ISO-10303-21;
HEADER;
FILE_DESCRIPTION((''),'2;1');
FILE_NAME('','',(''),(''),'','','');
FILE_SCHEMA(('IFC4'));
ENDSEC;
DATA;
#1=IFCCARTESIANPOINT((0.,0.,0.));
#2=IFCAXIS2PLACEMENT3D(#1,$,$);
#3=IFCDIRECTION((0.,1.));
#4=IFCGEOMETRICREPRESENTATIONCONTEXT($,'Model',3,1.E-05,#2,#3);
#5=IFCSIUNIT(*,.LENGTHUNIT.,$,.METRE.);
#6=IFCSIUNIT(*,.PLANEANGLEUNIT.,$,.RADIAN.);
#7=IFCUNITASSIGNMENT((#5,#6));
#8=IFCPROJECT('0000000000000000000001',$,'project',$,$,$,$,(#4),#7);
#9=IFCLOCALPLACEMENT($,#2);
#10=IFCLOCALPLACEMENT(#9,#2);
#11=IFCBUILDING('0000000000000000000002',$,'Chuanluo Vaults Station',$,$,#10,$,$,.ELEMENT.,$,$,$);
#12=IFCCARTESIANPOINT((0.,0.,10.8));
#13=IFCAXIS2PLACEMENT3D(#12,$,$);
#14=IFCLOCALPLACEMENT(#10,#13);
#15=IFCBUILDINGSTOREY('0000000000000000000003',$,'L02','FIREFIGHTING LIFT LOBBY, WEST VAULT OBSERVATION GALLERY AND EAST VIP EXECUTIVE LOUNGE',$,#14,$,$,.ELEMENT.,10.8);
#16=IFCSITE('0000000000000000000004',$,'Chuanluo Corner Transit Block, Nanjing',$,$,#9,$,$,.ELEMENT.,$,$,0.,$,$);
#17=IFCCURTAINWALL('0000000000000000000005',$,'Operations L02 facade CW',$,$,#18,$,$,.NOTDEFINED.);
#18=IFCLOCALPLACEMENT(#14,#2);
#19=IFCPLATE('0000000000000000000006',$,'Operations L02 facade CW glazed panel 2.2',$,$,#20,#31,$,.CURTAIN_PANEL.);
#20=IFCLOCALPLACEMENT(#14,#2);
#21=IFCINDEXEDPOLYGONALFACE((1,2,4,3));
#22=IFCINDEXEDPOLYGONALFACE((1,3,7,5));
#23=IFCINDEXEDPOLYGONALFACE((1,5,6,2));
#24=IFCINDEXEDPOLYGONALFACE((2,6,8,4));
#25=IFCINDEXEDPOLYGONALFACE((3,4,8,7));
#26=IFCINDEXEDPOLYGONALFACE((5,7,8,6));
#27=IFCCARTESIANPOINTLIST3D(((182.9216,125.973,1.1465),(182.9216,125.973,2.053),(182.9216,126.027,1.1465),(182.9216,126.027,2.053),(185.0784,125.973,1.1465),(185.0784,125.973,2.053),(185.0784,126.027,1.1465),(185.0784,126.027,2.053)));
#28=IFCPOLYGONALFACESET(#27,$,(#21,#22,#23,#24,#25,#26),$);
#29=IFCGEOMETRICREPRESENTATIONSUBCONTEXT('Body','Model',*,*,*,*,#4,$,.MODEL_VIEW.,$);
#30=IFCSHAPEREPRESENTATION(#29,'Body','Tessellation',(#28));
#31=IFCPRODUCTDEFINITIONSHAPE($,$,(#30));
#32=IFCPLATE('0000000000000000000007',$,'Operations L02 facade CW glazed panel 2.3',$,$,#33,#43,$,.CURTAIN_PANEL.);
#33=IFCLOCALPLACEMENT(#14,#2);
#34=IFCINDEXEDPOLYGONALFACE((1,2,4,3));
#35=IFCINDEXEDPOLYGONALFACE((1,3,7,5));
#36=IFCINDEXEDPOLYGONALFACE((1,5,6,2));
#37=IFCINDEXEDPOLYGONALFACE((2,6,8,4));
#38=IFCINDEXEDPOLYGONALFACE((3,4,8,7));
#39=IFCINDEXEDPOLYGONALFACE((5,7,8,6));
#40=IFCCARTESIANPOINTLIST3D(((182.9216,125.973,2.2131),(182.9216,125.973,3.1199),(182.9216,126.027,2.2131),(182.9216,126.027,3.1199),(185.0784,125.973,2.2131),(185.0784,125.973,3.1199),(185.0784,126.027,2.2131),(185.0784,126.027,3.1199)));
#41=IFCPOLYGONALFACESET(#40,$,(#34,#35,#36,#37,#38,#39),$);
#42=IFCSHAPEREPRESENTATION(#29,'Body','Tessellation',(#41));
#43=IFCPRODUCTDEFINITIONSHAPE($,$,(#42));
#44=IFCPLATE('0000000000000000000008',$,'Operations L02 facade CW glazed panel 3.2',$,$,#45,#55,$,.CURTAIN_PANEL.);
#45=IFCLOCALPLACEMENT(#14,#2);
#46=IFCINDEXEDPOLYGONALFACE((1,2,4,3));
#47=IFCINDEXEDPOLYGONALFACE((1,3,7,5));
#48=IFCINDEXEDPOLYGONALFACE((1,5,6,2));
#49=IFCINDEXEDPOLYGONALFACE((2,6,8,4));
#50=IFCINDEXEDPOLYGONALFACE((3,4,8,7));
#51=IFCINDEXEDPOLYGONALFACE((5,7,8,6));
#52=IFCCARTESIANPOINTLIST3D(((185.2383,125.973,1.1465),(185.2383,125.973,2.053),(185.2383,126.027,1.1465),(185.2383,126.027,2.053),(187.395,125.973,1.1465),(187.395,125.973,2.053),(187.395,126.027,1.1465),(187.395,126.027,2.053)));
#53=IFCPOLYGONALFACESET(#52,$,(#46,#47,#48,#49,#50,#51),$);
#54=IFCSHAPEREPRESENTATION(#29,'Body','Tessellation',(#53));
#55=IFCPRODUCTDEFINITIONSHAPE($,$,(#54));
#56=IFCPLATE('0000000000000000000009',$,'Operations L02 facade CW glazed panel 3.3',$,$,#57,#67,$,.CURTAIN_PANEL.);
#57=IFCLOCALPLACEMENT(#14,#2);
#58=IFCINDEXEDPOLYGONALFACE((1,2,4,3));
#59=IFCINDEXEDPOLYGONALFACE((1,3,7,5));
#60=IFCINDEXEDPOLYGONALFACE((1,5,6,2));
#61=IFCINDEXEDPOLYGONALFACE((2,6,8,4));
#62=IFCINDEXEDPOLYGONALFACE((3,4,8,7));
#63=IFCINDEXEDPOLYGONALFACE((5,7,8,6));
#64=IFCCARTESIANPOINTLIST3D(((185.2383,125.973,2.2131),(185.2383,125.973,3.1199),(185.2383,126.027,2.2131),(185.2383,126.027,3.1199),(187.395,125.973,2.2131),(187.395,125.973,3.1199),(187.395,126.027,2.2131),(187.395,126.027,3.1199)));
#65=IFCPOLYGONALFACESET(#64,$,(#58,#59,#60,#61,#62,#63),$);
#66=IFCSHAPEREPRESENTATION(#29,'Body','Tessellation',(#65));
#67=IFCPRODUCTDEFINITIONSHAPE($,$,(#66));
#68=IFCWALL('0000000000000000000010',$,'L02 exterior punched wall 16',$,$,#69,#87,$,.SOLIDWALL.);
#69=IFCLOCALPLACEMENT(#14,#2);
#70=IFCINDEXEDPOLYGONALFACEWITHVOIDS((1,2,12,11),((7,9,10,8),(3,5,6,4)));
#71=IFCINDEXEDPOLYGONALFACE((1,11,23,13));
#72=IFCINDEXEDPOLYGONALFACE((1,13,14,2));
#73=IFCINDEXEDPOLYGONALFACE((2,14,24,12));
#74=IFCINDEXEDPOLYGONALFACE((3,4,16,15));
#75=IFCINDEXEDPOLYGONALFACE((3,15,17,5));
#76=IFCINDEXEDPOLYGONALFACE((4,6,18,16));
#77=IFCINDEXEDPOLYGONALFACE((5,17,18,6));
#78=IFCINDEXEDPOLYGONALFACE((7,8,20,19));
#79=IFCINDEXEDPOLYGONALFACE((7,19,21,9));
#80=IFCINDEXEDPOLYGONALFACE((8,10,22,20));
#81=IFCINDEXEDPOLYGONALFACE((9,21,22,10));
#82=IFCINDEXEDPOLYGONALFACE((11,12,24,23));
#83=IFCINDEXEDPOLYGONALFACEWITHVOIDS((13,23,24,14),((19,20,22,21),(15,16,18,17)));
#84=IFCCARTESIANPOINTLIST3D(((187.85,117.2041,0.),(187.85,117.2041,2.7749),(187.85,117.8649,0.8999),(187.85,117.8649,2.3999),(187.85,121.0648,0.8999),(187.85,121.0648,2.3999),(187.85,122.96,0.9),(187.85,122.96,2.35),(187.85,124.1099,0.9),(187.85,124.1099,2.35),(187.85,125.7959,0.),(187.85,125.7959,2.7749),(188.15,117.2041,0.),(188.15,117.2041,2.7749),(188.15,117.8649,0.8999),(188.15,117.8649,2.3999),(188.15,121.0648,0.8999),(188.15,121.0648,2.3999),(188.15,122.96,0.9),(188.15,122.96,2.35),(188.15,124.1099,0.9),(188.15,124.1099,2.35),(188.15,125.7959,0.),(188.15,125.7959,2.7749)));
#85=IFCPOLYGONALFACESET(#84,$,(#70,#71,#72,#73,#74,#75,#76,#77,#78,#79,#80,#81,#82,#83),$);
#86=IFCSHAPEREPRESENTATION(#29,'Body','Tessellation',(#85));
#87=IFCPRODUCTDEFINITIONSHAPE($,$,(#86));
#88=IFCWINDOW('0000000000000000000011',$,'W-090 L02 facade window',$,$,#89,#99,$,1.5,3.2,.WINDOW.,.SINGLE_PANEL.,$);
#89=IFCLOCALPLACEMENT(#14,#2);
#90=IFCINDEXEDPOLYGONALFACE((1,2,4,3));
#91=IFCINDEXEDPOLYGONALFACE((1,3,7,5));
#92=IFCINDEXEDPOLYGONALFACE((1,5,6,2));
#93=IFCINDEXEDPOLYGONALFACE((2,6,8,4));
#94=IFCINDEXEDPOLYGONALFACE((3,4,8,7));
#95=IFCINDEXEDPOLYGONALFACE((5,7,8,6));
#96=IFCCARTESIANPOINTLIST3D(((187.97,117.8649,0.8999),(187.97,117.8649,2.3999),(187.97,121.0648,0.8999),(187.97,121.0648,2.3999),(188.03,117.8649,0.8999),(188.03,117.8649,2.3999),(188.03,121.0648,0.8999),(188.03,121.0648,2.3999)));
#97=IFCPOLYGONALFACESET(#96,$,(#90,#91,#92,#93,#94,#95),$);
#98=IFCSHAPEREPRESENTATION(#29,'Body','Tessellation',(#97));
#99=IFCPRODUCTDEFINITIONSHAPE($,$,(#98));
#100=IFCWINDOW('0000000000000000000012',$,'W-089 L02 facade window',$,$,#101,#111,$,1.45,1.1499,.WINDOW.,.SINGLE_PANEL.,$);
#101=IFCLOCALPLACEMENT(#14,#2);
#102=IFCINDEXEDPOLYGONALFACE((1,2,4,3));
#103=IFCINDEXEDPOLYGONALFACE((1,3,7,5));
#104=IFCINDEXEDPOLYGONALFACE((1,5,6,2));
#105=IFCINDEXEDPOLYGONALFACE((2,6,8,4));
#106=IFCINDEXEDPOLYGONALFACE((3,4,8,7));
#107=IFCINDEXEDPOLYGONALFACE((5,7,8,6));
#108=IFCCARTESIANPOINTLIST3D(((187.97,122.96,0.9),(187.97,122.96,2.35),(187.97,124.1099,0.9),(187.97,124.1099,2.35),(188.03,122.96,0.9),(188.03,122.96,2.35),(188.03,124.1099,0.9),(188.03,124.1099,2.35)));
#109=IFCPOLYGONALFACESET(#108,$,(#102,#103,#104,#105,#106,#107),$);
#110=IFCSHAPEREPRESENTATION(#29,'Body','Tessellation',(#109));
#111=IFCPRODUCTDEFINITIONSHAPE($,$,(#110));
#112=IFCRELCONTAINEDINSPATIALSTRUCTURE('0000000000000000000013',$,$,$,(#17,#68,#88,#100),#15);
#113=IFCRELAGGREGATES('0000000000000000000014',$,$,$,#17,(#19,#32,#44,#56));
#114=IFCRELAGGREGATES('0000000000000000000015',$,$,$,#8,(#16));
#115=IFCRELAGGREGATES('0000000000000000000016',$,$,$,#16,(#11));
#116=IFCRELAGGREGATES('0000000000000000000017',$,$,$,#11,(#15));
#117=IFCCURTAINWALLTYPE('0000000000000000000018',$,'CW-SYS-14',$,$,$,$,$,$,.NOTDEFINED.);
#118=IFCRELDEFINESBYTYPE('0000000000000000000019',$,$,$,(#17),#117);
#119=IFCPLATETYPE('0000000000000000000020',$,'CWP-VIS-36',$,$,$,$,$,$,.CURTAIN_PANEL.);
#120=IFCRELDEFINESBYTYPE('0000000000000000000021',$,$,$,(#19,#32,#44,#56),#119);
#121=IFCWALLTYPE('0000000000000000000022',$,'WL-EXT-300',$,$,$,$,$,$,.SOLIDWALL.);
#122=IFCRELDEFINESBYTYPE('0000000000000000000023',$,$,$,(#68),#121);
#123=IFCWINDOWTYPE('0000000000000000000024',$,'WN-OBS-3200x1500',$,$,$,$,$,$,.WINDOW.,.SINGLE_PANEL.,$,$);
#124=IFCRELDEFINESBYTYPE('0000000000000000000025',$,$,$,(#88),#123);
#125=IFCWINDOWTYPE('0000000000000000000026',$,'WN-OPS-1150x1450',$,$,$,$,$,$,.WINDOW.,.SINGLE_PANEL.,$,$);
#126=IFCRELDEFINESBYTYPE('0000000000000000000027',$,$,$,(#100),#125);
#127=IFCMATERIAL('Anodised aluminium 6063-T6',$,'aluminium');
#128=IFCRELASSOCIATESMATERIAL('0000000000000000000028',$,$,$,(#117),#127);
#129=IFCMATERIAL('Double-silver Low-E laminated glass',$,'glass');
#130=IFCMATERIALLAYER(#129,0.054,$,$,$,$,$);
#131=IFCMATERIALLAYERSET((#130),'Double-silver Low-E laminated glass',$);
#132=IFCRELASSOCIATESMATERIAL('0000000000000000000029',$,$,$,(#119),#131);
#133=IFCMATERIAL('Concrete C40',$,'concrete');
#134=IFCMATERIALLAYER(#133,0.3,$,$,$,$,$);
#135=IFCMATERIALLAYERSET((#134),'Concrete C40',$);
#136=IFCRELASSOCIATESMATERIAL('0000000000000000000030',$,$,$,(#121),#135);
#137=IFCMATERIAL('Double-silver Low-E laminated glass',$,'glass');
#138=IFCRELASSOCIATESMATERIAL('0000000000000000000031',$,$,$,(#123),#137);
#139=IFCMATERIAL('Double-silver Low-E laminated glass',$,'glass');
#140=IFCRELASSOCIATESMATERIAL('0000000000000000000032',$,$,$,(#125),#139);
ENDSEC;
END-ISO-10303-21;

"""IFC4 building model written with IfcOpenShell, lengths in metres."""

from ifc_helpers import new_model, si_unit, direction, frame, frame_2d, origin, origin_2d, place, context, subcontext, project, spatial, rectangle, extrude, material, layer, layer_set, type_object, element, fill, aggregate, save


model = new_model("IFC4")

# Units and contexts
model_context = context("Model", 3, precision=1e-05, world=origin(), true_north=direction((0.0, 1.0)))
body_context = subcontext(model_context, "Body", "Model", "MODEL_VIEW")
ifc_project = project(units=[si_unit("LENGTHUNIT", "METRE"), si_unit("PLANEANGLEUNIT", "RADIAN")], contexts=[model_context])

# Site, building, storey
site_placement = place(None, origin())
site = spatial("IfcSite", under=ifc_project, at=site_placement, Name="Chuanluo Corner Transit Block, Nanjing", CompositionType="ELEMENT", RefElevation=0.0)
building_placement = place(site_placement, origin())
building = spatial("IfcBuilding", under=site, at=building_placement, Name="Chuanluo Vaults Station", CompositionType="ELEMENT")
storey_placement = place(building_placement, frame((0.0, 0.0, 10.8)))
storey = spatial("IfcBuildingStorey", under=building, at=storey_placement, Name="L02", Description="FIREFIGHTING LIFT LOBBY, WEST VAULT OBSERVATION GALLERY AND EAST VIP EXECUTIVE LOUNGE", CompositionType="ELEMENT", Elevation=10.8)

# Curtain wall, plates
ifc_material_1 = material(Name="Anodised aluminium 6063-T6", Category="aluminium")
curtain_wall_type = type_object("IfcCurtainWallType", Name="CW-SYS-14", PredefinedType="NOTDEFINED", material=ifc_material_1)
curtain_wall_placement = place(storey_placement, origin())
curtain_wall = element("IfcCurtainWall", 1, at=curtain_wall_placement, inside=storey, type_object=curtain_wall_type, Name="Operations L02 facade CW", PredefinedType="NOTDEFINED")
ifc_material_2 = material(Name="Double-silver Low-E laminated glass", Category="glass")
ifc_layer_1 = layer(ifc_material_2, 0.054)
ifc_layer_set_1 = layer_set([ifc_layer_1], Name="Double-silver Low-E laminated glass")
plate_type_1 = type_object("IfcPlateType", Name="CWP-VIS-36", PredefinedType="CURTAIN_PANEL", material=ifc_layer_set_1)
plate_1_placement = place(storey_placement, frame((184.0, 126.0, 1.1465), z_axis=(0.0, 0.0, 1.0), x_axis=(1.0, 0.0, 0.0)))
plate_1 = element("IfcPlate", 2, at=plate_1_placement, type_object=plate_type_1, Name="Operations L02 facade CW glazed panel 2.2", PredefinedType="CURTAIN_PANEL", context=body_context, shape_type="SweptSolid", body=[
    extrude(rectangle(XDim=2.1567, YDim=0.054, at=origin_2d()), origin(), (0.0, 0.0, 1.0), 0.9065),
])
plate_2_placement = place(storey_placement, frame((184.0, 126.0, 2.2131), z_axis=(0.0, 0.0, 1.0), x_axis=(1.0, 0.0, 0.0)))
plate_2 = element("IfcPlate", 3, at=plate_2_placement, type_object=plate_type_1, Name="Operations L02 facade CW glazed panel 2.3", PredefinedType="CURTAIN_PANEL", context=body_context, shape_type="SweptSolid", body=[
    extrude(rectangle(XDim=2.1567, YDim=0.054, at=origin_2d()), origin(), (0.0, 0.0, 1.0), 0.9067),
])
plate_3_placement = place(storey_placement, frame((186.3167, 126.0, 1.1465), z_axis=(0.0, 0.0, 1.0), x_axis=(1.0, 0.0, 0.0)))
plate_3 = element("IfcPlate", 4, at=plate_3_placement, type_object=plate_type_1, Name="Operations L02 facade CW glazed panel 3.2", PredefinedType="CURTAIN_PANEL", context=body_context, shape_type="SweptSolid", body=[
    extrude(rectangle(XDim=2.1567, YDim=0.054, at=origin_2d()), origin(), (0.0, 0.0, 1.0), 0.9065),
])
plate_4_placement = place(storey_placement, frame((186.3167, 126.0, 2.2131), z_axis=(0.0, 0.0, 1.0), x_axis=(1.0, 0.0, 0.0)))
plate_4 = element("IfcPlate", 5, at=plate_4_placement, type_object=plate_type_1, Name="Operations L02 facade CW glazed panel 3.3", PredefinedType="CURTAIN_PANEL", context=body_context, shape_type="SweptSolid", body=[
    extrude(rectangle(XDim=2.1567, YDim=0.054, at=origin_2d()), origin(), (0.0, 0.0, 1.0), 0.9067),
])
aggregate(curtain_wall, [plate_1, plate_2, plate_3, plate_4])

# Wall, openings, windows
ifc_material_3 = material(Name="Concrete C40", Category="concrete")
ifc_layer_2 = layer(ifc_material_3, 0.3)
ifc_layer_set_2 = layer_set([ifc_layer_2], Name="Concrete C40")
wall_type = type_object("IfcWallType", Name="WL-EXT-300", PredefinedType="SOLIDWALL", material=ifc_layer_set_2)
wall_placement = place(storey_placement, frame((188.0, 125.7959, 0.0), z_axis=(0.0, 0.0, 1.0), x_axis=(0.0, -1.0, 0.0)))
wall = element("IfcWall", 6, at=wall_placement, inside=storey, type_object=wall_type, Name="L02 exterior punched wall 16", PredefinedType="SOLIDWALL", context=body_context, shape_type="SweptSolid", body=[
    extrude(rectangle(XDim=8.5918, YDim=0.3, at=frame_2d((4.2959, 0.0))), origin(), (0.0, 0.0, 1.0), 2.7749),
])
opening_1_placement = place(wall_placement, frame((1.686, 0.0, 0.8999)))
opening_1 = element("IfcOpeningElement", 7, at=opening_1_placement, cuts=wall, PredefinedType="OPENING", context=body_context, shape_type="SweptSolid", body=[
    extrude(rectangle(XDim=1.1499, YDim=1.45, at=frame_2d((0.575, 0.7251))), frame((0.0, 0.1599, 0.0), z_axis=(0.0, -1.0, 0.0), x_axis=(1.0, 0.0, 0.0)), (0.0, 0.0, 1.0), 0.3201),
])
opening_2_placement = place(wall_placement, frame((4.731, 0.0, 0.8999)))
opening_2 = element("IfcOpeningElement", 8, at=opening_2_placement, cuts=wall, PredefinedType="OPENING", context=body_context, shape_type="SweptSolid", body=[
    extrude(rectangle(XDim=3.2, YDim=1.5, at=frame_2d((1.6001, 0.75))), frame((0.0, 0.1599, 0.0), z_axis=(0.0, -1.0, 0.0), x_axis=(1.0, 0.0, 0.0)), (0.0, 0.0, 1.0), 0.3201),
])
ifc_material_4 = material(Name="Double-silver Low-E laminated glass", Category="glass")
window_type_1 = type_object("IfcWindowType", Name="WN-OBS-3200x1500", PartitioningType="SINGLE_PANEL", PredefinedType="WINDOW", material=ifc_material_4)
window_1_placement = place(opening_2_placement, origin())
window_1 = element("IfcWindow", 9, at=window_1_placement, inside=storey, type_object=window_type_1, Name="W-090 L02 facade window", OverallHeight=1.5, OverallWidth=3.2, PartitioningType="SINGLE_PANEL", PredefinedType="WINDOW", context=body_context, shape_type="SweptSolid", body=[
    extrude(rectangle(XDim=3.2, YDim=1.5, at=frame_2d((1.6001, 0.75))), frame((0.0, 0.03, 0.0), z_axis=(0.0, -1.0, 0.0), x_axis=(1.0, 0.0, 0.0)), (0.0, 0.0, 1.0), 0.0601),
])
fill(opening_2, window_1)
ifc_material_5 = material(Name="Double-silver Low-E laminated glass", Category="glass")
window_type_2 = type_object("IfcWindowType", Name="WN-OPS-1150x1450", PartitioningType="SINGLE_PANEL", PredefinedType="WINDOW", material=ifc_material_5)
window_2_placement = place(opening_1_placement, origin())
window_2 = element("IfcWindow", 10, at=window_2_placement, inside=storey, type_object=window_type_2, Name="W-089 L02 facade window", OverallHeight=1.45, OverallWidth=1.1499, PartitioningType="SINGLE_PANEL", PredefinedType="WINDOW", context=body_context, shape_type="SweptSolid", body=[
    extrude(rectangle(XDim=1.1499, YDim=1.45, at=frame_2d((0.575, 0.7251))), frame((0.0, 0.03, 0.0), z_axis=(0.0, -1.0, 0.0), x_axis=(1.0, 0.0, 0.0)), (0.0, 0.0, 1.0), 0.0601),
])
fill(opening_1, window_2)

save(model, "model.ifc")
